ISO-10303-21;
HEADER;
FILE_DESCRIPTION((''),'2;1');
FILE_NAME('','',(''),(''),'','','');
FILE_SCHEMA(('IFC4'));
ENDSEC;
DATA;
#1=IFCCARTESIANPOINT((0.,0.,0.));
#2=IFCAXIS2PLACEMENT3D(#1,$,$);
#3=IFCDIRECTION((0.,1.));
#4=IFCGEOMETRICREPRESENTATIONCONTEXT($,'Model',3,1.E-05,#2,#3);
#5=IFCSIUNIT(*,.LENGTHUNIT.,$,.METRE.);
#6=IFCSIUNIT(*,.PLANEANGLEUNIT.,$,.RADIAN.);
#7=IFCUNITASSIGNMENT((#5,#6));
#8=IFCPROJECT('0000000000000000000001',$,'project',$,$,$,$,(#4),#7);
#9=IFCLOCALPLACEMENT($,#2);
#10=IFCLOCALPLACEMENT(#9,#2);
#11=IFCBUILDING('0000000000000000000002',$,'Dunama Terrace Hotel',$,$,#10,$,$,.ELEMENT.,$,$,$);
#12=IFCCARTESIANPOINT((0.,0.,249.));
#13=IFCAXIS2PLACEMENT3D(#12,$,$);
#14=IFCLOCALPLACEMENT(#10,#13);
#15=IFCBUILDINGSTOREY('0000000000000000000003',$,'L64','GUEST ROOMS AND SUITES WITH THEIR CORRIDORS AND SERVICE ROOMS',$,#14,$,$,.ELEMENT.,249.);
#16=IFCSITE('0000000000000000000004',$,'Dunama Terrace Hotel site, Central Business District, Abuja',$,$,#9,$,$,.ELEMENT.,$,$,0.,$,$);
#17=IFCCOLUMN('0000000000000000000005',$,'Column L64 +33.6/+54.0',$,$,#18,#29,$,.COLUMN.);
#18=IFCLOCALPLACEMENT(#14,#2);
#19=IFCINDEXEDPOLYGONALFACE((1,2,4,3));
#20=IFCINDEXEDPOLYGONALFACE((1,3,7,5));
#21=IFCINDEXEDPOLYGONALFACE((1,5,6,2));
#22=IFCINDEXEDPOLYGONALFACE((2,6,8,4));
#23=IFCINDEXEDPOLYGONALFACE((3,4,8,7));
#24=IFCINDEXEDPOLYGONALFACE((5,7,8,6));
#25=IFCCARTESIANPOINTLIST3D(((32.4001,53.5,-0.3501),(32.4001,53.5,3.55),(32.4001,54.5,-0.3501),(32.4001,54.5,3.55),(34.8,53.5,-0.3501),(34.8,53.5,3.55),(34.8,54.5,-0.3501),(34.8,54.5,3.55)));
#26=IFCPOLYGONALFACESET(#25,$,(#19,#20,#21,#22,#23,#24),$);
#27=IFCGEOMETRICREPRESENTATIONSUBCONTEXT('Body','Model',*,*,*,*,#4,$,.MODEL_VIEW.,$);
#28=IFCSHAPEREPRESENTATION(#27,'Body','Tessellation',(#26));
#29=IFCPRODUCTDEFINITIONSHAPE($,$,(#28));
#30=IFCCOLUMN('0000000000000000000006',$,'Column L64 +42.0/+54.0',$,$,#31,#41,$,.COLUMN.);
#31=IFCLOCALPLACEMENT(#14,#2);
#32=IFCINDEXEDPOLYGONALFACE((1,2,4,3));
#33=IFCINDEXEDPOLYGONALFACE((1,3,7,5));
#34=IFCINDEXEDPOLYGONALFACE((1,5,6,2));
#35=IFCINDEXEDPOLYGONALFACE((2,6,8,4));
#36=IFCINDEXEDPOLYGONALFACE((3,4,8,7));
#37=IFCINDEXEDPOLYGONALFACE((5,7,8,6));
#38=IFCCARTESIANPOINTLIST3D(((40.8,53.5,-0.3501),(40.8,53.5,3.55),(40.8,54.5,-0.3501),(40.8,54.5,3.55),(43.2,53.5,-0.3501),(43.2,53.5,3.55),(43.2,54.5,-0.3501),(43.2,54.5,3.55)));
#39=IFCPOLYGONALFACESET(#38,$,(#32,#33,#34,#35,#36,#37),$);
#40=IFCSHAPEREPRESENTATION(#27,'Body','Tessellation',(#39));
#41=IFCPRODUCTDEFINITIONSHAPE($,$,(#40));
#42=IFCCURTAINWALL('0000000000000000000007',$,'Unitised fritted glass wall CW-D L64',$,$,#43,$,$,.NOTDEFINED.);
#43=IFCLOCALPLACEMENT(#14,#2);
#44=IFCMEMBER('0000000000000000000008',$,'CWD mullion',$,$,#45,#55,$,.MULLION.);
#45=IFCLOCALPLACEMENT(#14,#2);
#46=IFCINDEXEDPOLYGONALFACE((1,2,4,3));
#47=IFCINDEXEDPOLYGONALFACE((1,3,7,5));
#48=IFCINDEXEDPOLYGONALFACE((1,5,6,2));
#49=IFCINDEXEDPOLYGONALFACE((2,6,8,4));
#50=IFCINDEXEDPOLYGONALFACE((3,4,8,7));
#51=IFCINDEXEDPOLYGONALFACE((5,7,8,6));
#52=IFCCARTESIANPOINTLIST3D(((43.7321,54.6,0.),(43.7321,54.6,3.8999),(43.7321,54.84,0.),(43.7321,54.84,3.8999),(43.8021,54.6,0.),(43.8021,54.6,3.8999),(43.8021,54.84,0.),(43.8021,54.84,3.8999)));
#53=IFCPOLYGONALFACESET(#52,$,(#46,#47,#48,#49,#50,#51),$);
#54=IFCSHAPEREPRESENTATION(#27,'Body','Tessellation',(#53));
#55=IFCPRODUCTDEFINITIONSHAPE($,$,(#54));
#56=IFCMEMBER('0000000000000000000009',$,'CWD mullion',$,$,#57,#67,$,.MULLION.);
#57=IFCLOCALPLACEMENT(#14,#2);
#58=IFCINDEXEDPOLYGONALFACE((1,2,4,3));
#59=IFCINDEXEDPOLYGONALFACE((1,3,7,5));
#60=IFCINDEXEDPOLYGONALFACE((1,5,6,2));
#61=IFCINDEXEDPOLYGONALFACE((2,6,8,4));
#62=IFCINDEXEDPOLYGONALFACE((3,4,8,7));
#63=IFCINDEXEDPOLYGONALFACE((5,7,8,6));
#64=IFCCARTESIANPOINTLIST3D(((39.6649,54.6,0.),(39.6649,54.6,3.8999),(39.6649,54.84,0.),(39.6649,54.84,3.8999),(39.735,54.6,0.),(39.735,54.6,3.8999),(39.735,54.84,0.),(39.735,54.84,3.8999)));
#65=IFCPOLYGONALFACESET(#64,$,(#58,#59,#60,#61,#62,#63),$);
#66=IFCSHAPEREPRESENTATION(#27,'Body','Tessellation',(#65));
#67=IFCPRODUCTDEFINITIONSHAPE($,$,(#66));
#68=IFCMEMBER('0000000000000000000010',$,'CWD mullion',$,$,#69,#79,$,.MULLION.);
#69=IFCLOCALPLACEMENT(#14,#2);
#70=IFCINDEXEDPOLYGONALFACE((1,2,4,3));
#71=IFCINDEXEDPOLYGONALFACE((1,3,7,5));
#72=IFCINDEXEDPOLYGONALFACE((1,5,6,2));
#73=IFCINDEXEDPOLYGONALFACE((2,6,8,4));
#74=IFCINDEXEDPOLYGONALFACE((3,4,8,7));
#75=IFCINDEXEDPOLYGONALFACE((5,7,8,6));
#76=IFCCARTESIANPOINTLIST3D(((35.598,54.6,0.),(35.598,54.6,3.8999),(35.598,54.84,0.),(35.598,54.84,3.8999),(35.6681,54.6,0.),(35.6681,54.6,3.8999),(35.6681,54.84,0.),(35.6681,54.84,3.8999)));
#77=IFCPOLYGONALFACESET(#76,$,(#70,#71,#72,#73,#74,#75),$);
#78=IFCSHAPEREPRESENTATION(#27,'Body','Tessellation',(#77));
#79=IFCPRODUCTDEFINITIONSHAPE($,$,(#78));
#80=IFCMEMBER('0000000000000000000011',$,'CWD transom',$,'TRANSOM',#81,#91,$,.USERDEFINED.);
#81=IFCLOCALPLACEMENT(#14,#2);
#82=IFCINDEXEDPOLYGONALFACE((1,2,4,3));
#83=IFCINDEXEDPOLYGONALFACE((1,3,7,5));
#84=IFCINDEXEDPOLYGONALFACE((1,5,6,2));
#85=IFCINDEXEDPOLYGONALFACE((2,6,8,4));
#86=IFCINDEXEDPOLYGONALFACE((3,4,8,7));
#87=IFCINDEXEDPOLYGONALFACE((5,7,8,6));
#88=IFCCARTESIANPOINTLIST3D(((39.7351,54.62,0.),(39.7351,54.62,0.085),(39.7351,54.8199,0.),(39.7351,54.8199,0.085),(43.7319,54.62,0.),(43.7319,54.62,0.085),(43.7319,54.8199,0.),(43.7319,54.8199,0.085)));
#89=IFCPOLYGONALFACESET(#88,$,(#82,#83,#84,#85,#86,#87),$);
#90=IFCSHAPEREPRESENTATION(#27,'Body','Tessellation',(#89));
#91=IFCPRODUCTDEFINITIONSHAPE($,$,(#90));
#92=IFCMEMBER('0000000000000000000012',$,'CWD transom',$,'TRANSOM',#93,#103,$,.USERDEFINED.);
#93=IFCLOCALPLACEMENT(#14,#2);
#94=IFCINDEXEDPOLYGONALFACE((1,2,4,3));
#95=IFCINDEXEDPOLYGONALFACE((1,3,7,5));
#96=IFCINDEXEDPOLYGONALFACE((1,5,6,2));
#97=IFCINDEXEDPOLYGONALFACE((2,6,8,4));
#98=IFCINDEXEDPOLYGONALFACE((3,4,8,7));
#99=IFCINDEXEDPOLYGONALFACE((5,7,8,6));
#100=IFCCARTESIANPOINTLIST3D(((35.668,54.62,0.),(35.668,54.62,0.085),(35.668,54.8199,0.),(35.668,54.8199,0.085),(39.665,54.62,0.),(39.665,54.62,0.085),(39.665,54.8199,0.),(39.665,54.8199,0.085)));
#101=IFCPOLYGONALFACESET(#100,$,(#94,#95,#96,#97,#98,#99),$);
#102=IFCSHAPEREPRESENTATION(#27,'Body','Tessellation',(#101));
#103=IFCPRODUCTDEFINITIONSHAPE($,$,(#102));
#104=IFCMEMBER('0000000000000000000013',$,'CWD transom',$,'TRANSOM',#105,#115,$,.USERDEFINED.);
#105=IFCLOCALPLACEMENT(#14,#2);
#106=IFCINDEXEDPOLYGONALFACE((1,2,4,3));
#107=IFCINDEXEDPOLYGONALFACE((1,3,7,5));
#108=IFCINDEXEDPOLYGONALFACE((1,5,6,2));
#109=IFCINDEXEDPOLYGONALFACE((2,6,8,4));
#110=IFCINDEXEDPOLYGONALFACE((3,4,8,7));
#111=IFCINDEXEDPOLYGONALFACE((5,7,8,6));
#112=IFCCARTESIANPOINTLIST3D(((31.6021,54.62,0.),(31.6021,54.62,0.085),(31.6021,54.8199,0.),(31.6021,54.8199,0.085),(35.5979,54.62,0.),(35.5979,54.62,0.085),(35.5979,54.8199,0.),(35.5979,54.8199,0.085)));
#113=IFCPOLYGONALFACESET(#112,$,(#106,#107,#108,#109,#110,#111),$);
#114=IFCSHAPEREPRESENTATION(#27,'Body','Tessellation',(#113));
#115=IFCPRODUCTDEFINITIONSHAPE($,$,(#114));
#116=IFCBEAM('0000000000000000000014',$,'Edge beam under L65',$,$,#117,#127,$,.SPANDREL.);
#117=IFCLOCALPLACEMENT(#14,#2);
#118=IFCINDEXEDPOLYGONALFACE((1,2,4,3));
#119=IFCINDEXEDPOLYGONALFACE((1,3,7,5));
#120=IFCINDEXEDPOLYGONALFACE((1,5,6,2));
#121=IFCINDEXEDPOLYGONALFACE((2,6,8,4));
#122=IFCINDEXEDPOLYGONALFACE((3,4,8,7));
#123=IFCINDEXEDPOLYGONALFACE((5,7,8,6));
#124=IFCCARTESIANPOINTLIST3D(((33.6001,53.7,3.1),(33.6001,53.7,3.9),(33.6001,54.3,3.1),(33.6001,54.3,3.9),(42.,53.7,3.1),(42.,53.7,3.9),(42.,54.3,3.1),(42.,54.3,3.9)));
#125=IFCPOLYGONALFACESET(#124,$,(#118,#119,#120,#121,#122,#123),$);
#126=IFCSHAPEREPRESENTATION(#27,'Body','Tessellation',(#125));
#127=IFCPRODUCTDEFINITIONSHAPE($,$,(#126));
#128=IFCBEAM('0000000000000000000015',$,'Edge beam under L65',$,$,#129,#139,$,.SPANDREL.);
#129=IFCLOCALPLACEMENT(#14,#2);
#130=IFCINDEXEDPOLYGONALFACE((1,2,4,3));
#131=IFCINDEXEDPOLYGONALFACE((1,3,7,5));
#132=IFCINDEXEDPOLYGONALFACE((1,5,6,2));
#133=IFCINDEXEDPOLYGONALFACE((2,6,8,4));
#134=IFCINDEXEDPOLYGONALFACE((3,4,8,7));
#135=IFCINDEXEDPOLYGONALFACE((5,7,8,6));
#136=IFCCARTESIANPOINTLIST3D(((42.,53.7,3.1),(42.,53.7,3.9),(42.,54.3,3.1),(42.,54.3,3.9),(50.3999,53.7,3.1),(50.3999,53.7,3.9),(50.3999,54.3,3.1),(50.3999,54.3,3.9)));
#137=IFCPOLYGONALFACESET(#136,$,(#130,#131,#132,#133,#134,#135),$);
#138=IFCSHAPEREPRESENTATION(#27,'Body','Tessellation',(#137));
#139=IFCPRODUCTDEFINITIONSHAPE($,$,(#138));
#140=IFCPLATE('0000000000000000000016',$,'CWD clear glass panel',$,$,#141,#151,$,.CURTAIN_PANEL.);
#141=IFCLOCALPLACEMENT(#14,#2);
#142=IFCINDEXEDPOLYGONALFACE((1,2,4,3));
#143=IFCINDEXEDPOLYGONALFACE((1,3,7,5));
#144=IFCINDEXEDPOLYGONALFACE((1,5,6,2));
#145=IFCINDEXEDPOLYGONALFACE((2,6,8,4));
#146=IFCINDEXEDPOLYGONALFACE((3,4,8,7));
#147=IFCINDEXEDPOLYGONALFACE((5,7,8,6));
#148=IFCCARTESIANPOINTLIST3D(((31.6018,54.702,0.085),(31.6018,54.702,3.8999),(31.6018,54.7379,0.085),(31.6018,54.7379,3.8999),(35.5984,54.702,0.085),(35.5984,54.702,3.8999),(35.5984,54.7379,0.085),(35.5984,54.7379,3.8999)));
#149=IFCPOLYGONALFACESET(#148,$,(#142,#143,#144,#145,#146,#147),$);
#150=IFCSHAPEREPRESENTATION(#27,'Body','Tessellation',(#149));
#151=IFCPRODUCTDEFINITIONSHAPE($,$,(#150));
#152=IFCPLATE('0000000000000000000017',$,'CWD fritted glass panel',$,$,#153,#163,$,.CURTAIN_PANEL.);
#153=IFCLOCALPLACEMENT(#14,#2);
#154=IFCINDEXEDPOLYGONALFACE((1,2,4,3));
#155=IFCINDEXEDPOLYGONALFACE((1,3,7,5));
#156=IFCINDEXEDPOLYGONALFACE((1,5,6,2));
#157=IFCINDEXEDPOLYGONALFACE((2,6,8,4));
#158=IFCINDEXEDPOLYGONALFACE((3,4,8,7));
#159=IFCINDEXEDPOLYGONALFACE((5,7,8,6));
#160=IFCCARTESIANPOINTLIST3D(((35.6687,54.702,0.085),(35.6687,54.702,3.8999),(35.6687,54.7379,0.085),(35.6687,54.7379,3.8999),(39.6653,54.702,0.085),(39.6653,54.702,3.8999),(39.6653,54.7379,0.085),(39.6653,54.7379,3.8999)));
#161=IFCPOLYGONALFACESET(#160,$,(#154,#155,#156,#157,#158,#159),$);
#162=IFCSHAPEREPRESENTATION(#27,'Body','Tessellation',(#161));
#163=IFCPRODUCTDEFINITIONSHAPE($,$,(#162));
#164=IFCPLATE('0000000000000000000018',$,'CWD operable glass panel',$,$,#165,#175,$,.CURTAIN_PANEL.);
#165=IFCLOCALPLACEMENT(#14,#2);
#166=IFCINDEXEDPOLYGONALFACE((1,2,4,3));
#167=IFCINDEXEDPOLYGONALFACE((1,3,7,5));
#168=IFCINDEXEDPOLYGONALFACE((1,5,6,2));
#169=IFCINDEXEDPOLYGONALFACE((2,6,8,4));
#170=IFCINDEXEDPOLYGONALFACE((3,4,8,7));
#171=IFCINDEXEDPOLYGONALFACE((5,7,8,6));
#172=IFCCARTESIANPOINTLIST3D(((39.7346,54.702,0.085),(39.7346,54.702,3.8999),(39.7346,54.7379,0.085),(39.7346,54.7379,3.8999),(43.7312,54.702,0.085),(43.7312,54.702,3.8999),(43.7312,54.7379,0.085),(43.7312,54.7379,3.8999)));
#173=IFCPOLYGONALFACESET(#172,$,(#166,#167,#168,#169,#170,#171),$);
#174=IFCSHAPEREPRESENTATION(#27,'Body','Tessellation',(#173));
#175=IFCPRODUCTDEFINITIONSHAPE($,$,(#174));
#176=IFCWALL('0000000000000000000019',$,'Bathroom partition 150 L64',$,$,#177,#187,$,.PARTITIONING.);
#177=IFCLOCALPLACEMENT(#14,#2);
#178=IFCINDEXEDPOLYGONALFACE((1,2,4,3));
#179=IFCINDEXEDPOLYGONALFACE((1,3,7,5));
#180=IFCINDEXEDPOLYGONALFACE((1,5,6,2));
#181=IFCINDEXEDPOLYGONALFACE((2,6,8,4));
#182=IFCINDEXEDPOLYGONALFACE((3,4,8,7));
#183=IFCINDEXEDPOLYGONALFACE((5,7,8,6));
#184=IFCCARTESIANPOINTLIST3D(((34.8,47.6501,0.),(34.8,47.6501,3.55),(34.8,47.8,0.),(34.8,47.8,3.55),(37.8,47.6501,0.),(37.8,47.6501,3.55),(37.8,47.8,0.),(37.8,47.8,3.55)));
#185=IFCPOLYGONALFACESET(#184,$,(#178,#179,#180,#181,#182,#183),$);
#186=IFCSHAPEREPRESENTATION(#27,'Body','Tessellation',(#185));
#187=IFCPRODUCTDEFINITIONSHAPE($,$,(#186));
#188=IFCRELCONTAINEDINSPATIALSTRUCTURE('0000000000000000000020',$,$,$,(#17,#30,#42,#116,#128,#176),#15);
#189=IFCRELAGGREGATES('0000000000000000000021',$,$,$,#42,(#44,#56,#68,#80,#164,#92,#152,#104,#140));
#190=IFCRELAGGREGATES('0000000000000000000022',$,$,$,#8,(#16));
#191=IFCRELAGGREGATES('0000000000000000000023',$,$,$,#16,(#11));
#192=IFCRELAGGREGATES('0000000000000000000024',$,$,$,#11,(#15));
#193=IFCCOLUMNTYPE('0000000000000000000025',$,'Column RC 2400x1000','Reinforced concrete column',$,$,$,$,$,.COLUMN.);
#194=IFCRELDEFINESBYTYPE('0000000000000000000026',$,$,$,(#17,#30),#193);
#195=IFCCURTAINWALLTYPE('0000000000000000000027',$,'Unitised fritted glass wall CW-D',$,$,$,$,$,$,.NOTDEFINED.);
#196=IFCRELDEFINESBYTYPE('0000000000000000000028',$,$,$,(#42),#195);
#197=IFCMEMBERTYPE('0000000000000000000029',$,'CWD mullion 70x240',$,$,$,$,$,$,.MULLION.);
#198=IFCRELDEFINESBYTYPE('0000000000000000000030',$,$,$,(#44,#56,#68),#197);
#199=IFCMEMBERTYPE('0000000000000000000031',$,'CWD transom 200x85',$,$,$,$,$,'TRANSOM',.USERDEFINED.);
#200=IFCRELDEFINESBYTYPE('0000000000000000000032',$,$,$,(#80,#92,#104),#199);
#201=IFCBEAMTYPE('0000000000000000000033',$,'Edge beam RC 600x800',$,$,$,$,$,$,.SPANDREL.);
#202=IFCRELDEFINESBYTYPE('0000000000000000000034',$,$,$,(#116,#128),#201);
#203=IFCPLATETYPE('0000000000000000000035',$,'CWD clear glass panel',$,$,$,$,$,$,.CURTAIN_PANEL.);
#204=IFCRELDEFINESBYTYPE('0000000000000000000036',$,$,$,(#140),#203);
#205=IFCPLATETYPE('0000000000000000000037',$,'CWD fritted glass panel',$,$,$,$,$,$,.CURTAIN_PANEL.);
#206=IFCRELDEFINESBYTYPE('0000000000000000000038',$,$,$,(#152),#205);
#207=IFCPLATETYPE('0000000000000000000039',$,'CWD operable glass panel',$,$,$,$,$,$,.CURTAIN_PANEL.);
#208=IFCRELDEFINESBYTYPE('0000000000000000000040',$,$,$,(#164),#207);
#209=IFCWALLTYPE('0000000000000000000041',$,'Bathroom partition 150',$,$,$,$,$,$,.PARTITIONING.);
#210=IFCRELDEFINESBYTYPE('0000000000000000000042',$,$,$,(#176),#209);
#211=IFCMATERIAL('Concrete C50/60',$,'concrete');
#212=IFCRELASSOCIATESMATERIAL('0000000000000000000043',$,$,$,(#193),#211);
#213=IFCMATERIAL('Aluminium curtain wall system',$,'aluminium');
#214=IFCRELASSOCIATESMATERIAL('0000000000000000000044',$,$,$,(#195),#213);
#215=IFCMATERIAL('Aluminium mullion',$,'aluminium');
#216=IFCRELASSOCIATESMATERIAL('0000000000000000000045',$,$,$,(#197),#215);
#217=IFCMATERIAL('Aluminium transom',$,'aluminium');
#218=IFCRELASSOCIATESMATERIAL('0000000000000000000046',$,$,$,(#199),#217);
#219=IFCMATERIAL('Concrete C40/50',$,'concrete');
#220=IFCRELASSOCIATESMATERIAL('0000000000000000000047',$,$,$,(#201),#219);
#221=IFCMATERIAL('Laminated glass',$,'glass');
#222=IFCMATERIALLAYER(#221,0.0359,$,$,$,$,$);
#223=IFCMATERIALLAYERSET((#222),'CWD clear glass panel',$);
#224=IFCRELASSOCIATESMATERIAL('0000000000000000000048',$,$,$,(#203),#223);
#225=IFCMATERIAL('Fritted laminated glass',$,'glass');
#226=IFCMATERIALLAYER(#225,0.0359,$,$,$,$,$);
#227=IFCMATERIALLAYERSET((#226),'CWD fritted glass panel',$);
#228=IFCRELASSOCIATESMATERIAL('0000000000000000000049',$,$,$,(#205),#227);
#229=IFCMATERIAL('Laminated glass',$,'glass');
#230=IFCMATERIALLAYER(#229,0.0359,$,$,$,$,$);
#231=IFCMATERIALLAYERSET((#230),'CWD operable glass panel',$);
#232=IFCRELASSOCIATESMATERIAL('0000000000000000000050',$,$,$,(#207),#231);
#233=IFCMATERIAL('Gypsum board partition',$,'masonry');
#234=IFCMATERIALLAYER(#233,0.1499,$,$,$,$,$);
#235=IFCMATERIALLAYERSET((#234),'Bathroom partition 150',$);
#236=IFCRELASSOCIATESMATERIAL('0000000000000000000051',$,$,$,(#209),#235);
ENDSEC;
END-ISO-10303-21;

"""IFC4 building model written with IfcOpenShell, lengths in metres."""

from ifc_helpers import new_model, si_unit, direction, frame, frame_2d, origin, origin_2d, place, context, subcontext, project, spatial, rectangle, extrude, material, layer, layer_set, material_profile, profile_set, type_object, element, aggregate, save


model = new_model("IFC4")

# Units and contexts
model_context = context("Model", 3, precision=1e-05, world=origin(), true_north=direction((0.0, 1.0)))
body_context = subcontext(model_context, "Body", "Model", "MODEL_VIEW")
ifc_project = project(units=[si_unit("LENGTHUNIT", "METRE"), si_unit("PLANEANGLEUNIT", "RADIAN")], contexts=[model_context])

# Site, building, storey
site_placement = place(None, origin())
site = spatial("IfcSite", under=ifc_project, at=site_placement, Name="Dunama Terrace Hotel site, Central Business District, Abuja", CompositionType="ELEMENT", RefElevation=0.0)
building_placement = place(site_placement, origin())
building = spatial("IfcBuilding", under=site, at=building_placement, Name="Dunama Terrace Hotel", CompositionType="ELEMENT")
storey_placement = place(building_placement, frame((0.0, 0.0, 249.0)))
storey = spatial("IfcBuildingStorey", under=building, at=storey_placement, Name="L64", Description="GUEST ROOMS AND SUITES WITH THEIR CORRIDORS AND SERVICE ROOMS", CompositionType="ELEMENT", Elevation=249.0)

# Columns
ifc_material_1 = material(Name="Concrete C50/60", Category="concrete")
ifc_material_profile_1 = material_profile(ifc_material_1, rectangle(XDim=2.3999, YDim=1.0, at=origin_2d()), Name="RC 2400x1000")
ifc_profile_set_1 = profile_set([ifc_material_profile_1], Name="Concrete C50/60")
column_type = type_object("IfcColumnType", Name="Column RC 2400x1000", Description="Reinforced concrete column", PredefinedType="COLUMN", material=ifc_profile_set_1)
for number, where, z_axis, x_axis, name in (
    (1, (33.6001, 54.0, -0.3501), (0.0, 0.0, 1.0), (1.0, 0.0, 0.0), "Column L64 +33.6/+54.0"),
    (2, (42.0, 54.0, -0.3501), (0.0, 0.0, 1.0), (1.0, 0.0, 0.0), "Column L64 +42.0/+54.0"),
):
    element("IfcColumn", number, at=place(storey_placement, frame(where, z_axis=z_axis, x_axis=x_axis)), inside=storey, type_object=column_type, Name=name, PredefinedType="COLUMN", context=body_context, shape_type="SweptSolid", body=[
        extrude(rectangle(XDim=2.3999, YDim=1.0, at=origin_2d()), origin(), (0.0, 0.0, 1.0), 3.9001),
    ])

# Curtain wall, members
ifc_material_2 = material(Name="Aluminium curtain wall system", Category="aluminium")
curtain_wall_type = type_object("IfcCurtainWallType", Name="Unitised fritted glass wall CW-D", PredefinedType="NOTDEFINED", material=ifc_material_2)
curtain_wall_placement = place(storey_placement, origin())
curtain_wall = element("IfcCurtainWall", 3, at=curtain_wall_placement, inside=storey, type_object=curtain_wall_type, Name="Unitised fritted glass wall CW-D L64", PredefinedType="NOTDEFINED")
ifc_material_3 = material(Name="Aluminium mullion", Category="aluminium")
ifc_material_profile_2 = material_profile(ifc_material_3, rectangle(XDim=0.0701, YDim=0.24, at=origin_2d()), Name="CWD MULLION 70X240")
ifc_profile_set_2 = profile_set([ifc_material_profile_2], Name="Aluminium mullion")
member_type_1 = type_object("IfcMemberType", Name="CWD mullion 70x240", PredefinedType="MULLION", material=ifc_profile_set_2)
member_1_placement = place(storey_placement, frame((43.7671, 54.72, 0.0), z_axis=(0.0, 0.0, 1.0), x_axis=(-1.0, 0.0, 0.0)))
member_1 = element("IfcMember", 4, at=member_1_placement, type_object=member_type_1, Name="CWD mullion", PredefinedType="MULLION", context=body_context, shape_type="SweptSolid", body=[
    extrude(rectangle(XDim=0.0701, YDim=0.24, at=origin_2d()), origin(), (0.0, 0.0, 1.0), 3.8999),
])
member_2_placement = place(storey_placement, frame((39.7, 54.72, 0.0), z_axis=(0.0, 0.0, 1.0), x_axis=(-1.0, 0.0, 0.0)))
member_2 = element("IfcMember", 5, at=member_2_placement, type_object=member_type_1, Name="CWD mullion", PredefinedType="MULLION", context=body_context, shape_type="SweptSolid", body=[
    extrude(rectangle(XDim=0.0701, YDim=0.24, at=origin_2d()), origin(), (0.0, 0.0, 1.0), 3.8999),
])
member_3_placement = place(storey_placement, frame((35.6331, 54.72, 0.0), z_axis=(0.0, 0.0, 1.0), x_axis=(-1.0, 0.0, 0.0)))
member_3 = element("IfcMember", 6, at=member_3_placement, type_object=member_type_1, Name="CWD mullion", PredefinedType="MULLION", context=body_context, shape_type="SweptSolid", body=[
    extrude(rectangle(XDim=0.0701, YDim=0.24, at=origin_2d()), origin(), (0.0, 0.0, 1.0), 3.8999),
])
ifc_material_4 = material(Name="Aluminium transom", Category="aluminium")
ifc_material_profile_3 = material_profile(ifc_material_4, rectangle(XDim=0.2, YDim=0.085, at=origin_2d()), Name="CWD TRANSOM 200X85")
ifc_profile_set_3 = profile_set([ifc_material_profile_3], Name="Aluminium transom")
member_type_2 = type_object("IfcMemberType", Name="CWD transom 200x85", ElementType="TRANSOM", PredefinedType="USERDEFINED", material=ifc_profile_set_3)
member_4_placement = place(storey_placement, frame((43.7319, 54.72, 0.0425), z_axis=(-1.0, 0.0, 0.0), x_axis=(0.0, -1.0, 0.0)))
member_4 = element("IfcMember", 7, at=member_4_placement, type_object=member_type_2, Name="CWD transom", ObjectType="TRANSOM", PredefinedType="USERDEFINED", context=body_context, shape_type="SweptSolid", body=[
    extrude(rectangle(XDim=0.2, YDim=0.085, at=origin_2d()), origin(), (0.0, 0.0, 1.0), 3.9968),
])
member_5_placement = place(storey_placement, frame((39.665, 54.72, 0.0425), z_axis=(-1.0, 0.0, 0.0), x_axis=(0.0, -1.0, 0.0)))
member_5 = element("IfcMember", 8, at=member_5_placement, type_object=member_type_2, Name="CWD transom", ObjectType="TRANSOM", PredefinedType="USERDEFINED", context=body_context, shape_type="SweptSolid", body=[
    extrude(rectangle(XDim=0.2, YDim=0.085, at=origin_2d()), origin(), (0.0, 0.0, 1.0), 3.9971),
])
member_6_placement = place(storey_placement, frame((35.5979, 54.72, 0.0425), z_axis=(-1.0, 0.0, 0.0), x_axis=(0.0, -1.0, 0.0)))
member_6 = element("IfcMember", 9, at=member_6_placement, type_object=member_type_2, Name="CWD transom", ObjectType="TRANSOM", PredefinedType="USERDEFINED", context=body_context, shape_type="SweptSolid", body=[
    extrude(rectangle(XDim=0.2, YDim=0.085, at=origin_2d()), origin(), (0.0, 0.0, 1.0), 3.9958),
])

# Beams
ifc_material_5 = material(Name="Concrete C40/50", Category="concrete")
ifc_material_profile_4 = material_profile(ifc_material_5, rectangle(XDim=0.6001, YDim=0.8, at=origin_2d()), Name="RC 600x800")
ifc_profile_set_4 = profile_set([ifc_material_profile_4], Name="Concrete C40/50")
beam_type = type_object("IfcBeamType", Name="Edge beam RC 600x800", PredefinedType="SPANDREL", material=ifc_profile_set_4)
for number, where, z_axis, x_axis, name in (
    (10, (33.6001, 54.0, 3.5), (1.0, 0.0, 0.0), (0.0, 1.0, 0.0), "Edge beam under L65"),
    (11, (42.0, 54.0, 3.5), (1.0, 0.0, 0.0), (0.0, 1.0, 0.0), "Edge beam under L65"),
):
    element("IfcBeam", number, at=place(storey_placement, frame(where, z_axis=z_axis, x_axis=x_axis)), inside=storey, type_object=beam_type, Name=name, PredefinedType="SPANDREL", context=body_context, shape_type="SweptSolid", body=[
        extrude(rectangle(XDim=0.6001, YDim=0.8, at=origin_2d()), origin(), (0.0, 0.0, 1.0), 8.3999),
    ])

# Plates
ifc_material_6 = material(Name="Laminated glass", Category="glass")
ifc_layer_1 = layer(ifc_material_6, 0.0359)
ifc_layer_set_1 = layer_set([ifc_layer_1], Name="CWD clear glass panel")
plate_type_1 = type_object("IfcPlateType", Name="CWD clear glass panel", PredefinedType="CURTAIN_PANEL", material=ifc_layer_set_1)
plate_1_placement = place(storey_placement, frame((33.6001, 54.72, 0.085), z_axis=(0.0, 0.0, 1.0), x_axis=(-1.0, 0.0, 0.0)))
plate_1 = element("IfcPlate", 12, at=plate_1_placement, type_object=plate_type_1, Name="CWD clear glass panel", PredefinedType="CURTAIN_PANEL", context=body_context, shape_type="SweptSolid", body=[
    extrude(rectangle(XDim=3.9966, YDim=0.0359, at=origin_2d()), origin(), (0.0, 0.0, 1.0), 3.8149),
])
ifc_material_7 = material(Name="Fritted laminated glass", Category="glass")
ifc_layer_2 = layer(ifc_material_7, 0.0359)
ifc_layer_set_2 = layer_set([ifc_layer_2], Name="CWD fritted glass panel")
plate_type_2 = type_object("IfcPlateType", Name="CWD fritted glass panel", PredefinedType="CURTAIN_PANEL", material=ifc_layer_set_2)
plate_2_placement = place(storey_placement, frame((37.667, 54.72, 0.085), z_axis=(0.0, 0.0, 1.0), x_axis=(-1.0, 0.0, 0.0)))
plate_2 = element("IfcPlate", 13, at=plate_2_placement, type_object=plate_type_2, Name="CWD fritted glass panel", PredefinedType="CURTAIN_PANEL", context=body_context, shape_type="SweptSolid", body=[
    extrude(rectangle(XDim=3.9966, YDim=0.0359, at=origin_2d()), origin(), (0.0, 0.0, 1.0), 3.8149),
])
ifc_material_8 = material(Name="Laminated glass", Category="glass")
ifc_layer_3 = layer(ifc_material_8, 0.0359)
ifc_layer_set_3 = layer_set([ifc_layer_3], Name="CWD operable glass panel")
plate_type_3 = type_object("IfcPlateType", Name="CWD operable glass panel", PredefinedType="CURTAIN_PANEL", material=ifc_layer_set_3)
plate_3_placement = place(storey_placement, frame((41.7329, 54.72, 0.085), z_axis=(0.0, 0.0, 1.0), x_axis=(-1.0, 0.0, 0.0)))
plate_3 = element("IfcPlate", 14, at=plate_3_placement, type_object=plate_type_3, Name="CWD operable glass panel", PredefinedType="CURTAIN_PANEL", context=body_context, shape_type="SweptSolid", body=[
    extrude(rectangle(XDim=3.9966, YDim=0.0359, at=origin_2d()), origin(), (0.0, 0.0, 1.0), 3.8149),
])
aggregate(curtain_wall, [member_1, member_2, member_3, member_4, plate_3, member_5, plate_2, member_6, plate_1])

# Wall
ifc_material_9 = material(Name="Gypsum board partition", Category="masonry")
ifc_layer_4 = layer(ifc_material_9, 0.1499)
ifc_layer_set_4 = layer_set([ifc_layer_4], Name="Bathroom partition 150")
wall_type_1 = type_object("IfcWallType", Name="Bathroom partition 150", PredefinedType="PARTITIONING", material=ifc_layer_set_4)
wall_1_placement = place(storey_placement, frame((34.8, 47.7251, 0.0), z_axis=(0.0, 0.0, 1.0), x_axis=(1.0, 0.0, 0.0)))
element("IfcWall", 15, at=wall_1_placement, inside=storey, type_object=wall_type_1, Name="Bathroom partition 150 L64", PredefinedType="PARTITIONING", context=body_context, shape_type="SweptSolid", body=[
    extrude(rectangle(XDim=3.0, YDim=0.1499, at=frame_2d((1.5, 0.0))), origin(), (0.0, 0.0, 1.0), 3.55),
])

save(model, "model.ifc")
